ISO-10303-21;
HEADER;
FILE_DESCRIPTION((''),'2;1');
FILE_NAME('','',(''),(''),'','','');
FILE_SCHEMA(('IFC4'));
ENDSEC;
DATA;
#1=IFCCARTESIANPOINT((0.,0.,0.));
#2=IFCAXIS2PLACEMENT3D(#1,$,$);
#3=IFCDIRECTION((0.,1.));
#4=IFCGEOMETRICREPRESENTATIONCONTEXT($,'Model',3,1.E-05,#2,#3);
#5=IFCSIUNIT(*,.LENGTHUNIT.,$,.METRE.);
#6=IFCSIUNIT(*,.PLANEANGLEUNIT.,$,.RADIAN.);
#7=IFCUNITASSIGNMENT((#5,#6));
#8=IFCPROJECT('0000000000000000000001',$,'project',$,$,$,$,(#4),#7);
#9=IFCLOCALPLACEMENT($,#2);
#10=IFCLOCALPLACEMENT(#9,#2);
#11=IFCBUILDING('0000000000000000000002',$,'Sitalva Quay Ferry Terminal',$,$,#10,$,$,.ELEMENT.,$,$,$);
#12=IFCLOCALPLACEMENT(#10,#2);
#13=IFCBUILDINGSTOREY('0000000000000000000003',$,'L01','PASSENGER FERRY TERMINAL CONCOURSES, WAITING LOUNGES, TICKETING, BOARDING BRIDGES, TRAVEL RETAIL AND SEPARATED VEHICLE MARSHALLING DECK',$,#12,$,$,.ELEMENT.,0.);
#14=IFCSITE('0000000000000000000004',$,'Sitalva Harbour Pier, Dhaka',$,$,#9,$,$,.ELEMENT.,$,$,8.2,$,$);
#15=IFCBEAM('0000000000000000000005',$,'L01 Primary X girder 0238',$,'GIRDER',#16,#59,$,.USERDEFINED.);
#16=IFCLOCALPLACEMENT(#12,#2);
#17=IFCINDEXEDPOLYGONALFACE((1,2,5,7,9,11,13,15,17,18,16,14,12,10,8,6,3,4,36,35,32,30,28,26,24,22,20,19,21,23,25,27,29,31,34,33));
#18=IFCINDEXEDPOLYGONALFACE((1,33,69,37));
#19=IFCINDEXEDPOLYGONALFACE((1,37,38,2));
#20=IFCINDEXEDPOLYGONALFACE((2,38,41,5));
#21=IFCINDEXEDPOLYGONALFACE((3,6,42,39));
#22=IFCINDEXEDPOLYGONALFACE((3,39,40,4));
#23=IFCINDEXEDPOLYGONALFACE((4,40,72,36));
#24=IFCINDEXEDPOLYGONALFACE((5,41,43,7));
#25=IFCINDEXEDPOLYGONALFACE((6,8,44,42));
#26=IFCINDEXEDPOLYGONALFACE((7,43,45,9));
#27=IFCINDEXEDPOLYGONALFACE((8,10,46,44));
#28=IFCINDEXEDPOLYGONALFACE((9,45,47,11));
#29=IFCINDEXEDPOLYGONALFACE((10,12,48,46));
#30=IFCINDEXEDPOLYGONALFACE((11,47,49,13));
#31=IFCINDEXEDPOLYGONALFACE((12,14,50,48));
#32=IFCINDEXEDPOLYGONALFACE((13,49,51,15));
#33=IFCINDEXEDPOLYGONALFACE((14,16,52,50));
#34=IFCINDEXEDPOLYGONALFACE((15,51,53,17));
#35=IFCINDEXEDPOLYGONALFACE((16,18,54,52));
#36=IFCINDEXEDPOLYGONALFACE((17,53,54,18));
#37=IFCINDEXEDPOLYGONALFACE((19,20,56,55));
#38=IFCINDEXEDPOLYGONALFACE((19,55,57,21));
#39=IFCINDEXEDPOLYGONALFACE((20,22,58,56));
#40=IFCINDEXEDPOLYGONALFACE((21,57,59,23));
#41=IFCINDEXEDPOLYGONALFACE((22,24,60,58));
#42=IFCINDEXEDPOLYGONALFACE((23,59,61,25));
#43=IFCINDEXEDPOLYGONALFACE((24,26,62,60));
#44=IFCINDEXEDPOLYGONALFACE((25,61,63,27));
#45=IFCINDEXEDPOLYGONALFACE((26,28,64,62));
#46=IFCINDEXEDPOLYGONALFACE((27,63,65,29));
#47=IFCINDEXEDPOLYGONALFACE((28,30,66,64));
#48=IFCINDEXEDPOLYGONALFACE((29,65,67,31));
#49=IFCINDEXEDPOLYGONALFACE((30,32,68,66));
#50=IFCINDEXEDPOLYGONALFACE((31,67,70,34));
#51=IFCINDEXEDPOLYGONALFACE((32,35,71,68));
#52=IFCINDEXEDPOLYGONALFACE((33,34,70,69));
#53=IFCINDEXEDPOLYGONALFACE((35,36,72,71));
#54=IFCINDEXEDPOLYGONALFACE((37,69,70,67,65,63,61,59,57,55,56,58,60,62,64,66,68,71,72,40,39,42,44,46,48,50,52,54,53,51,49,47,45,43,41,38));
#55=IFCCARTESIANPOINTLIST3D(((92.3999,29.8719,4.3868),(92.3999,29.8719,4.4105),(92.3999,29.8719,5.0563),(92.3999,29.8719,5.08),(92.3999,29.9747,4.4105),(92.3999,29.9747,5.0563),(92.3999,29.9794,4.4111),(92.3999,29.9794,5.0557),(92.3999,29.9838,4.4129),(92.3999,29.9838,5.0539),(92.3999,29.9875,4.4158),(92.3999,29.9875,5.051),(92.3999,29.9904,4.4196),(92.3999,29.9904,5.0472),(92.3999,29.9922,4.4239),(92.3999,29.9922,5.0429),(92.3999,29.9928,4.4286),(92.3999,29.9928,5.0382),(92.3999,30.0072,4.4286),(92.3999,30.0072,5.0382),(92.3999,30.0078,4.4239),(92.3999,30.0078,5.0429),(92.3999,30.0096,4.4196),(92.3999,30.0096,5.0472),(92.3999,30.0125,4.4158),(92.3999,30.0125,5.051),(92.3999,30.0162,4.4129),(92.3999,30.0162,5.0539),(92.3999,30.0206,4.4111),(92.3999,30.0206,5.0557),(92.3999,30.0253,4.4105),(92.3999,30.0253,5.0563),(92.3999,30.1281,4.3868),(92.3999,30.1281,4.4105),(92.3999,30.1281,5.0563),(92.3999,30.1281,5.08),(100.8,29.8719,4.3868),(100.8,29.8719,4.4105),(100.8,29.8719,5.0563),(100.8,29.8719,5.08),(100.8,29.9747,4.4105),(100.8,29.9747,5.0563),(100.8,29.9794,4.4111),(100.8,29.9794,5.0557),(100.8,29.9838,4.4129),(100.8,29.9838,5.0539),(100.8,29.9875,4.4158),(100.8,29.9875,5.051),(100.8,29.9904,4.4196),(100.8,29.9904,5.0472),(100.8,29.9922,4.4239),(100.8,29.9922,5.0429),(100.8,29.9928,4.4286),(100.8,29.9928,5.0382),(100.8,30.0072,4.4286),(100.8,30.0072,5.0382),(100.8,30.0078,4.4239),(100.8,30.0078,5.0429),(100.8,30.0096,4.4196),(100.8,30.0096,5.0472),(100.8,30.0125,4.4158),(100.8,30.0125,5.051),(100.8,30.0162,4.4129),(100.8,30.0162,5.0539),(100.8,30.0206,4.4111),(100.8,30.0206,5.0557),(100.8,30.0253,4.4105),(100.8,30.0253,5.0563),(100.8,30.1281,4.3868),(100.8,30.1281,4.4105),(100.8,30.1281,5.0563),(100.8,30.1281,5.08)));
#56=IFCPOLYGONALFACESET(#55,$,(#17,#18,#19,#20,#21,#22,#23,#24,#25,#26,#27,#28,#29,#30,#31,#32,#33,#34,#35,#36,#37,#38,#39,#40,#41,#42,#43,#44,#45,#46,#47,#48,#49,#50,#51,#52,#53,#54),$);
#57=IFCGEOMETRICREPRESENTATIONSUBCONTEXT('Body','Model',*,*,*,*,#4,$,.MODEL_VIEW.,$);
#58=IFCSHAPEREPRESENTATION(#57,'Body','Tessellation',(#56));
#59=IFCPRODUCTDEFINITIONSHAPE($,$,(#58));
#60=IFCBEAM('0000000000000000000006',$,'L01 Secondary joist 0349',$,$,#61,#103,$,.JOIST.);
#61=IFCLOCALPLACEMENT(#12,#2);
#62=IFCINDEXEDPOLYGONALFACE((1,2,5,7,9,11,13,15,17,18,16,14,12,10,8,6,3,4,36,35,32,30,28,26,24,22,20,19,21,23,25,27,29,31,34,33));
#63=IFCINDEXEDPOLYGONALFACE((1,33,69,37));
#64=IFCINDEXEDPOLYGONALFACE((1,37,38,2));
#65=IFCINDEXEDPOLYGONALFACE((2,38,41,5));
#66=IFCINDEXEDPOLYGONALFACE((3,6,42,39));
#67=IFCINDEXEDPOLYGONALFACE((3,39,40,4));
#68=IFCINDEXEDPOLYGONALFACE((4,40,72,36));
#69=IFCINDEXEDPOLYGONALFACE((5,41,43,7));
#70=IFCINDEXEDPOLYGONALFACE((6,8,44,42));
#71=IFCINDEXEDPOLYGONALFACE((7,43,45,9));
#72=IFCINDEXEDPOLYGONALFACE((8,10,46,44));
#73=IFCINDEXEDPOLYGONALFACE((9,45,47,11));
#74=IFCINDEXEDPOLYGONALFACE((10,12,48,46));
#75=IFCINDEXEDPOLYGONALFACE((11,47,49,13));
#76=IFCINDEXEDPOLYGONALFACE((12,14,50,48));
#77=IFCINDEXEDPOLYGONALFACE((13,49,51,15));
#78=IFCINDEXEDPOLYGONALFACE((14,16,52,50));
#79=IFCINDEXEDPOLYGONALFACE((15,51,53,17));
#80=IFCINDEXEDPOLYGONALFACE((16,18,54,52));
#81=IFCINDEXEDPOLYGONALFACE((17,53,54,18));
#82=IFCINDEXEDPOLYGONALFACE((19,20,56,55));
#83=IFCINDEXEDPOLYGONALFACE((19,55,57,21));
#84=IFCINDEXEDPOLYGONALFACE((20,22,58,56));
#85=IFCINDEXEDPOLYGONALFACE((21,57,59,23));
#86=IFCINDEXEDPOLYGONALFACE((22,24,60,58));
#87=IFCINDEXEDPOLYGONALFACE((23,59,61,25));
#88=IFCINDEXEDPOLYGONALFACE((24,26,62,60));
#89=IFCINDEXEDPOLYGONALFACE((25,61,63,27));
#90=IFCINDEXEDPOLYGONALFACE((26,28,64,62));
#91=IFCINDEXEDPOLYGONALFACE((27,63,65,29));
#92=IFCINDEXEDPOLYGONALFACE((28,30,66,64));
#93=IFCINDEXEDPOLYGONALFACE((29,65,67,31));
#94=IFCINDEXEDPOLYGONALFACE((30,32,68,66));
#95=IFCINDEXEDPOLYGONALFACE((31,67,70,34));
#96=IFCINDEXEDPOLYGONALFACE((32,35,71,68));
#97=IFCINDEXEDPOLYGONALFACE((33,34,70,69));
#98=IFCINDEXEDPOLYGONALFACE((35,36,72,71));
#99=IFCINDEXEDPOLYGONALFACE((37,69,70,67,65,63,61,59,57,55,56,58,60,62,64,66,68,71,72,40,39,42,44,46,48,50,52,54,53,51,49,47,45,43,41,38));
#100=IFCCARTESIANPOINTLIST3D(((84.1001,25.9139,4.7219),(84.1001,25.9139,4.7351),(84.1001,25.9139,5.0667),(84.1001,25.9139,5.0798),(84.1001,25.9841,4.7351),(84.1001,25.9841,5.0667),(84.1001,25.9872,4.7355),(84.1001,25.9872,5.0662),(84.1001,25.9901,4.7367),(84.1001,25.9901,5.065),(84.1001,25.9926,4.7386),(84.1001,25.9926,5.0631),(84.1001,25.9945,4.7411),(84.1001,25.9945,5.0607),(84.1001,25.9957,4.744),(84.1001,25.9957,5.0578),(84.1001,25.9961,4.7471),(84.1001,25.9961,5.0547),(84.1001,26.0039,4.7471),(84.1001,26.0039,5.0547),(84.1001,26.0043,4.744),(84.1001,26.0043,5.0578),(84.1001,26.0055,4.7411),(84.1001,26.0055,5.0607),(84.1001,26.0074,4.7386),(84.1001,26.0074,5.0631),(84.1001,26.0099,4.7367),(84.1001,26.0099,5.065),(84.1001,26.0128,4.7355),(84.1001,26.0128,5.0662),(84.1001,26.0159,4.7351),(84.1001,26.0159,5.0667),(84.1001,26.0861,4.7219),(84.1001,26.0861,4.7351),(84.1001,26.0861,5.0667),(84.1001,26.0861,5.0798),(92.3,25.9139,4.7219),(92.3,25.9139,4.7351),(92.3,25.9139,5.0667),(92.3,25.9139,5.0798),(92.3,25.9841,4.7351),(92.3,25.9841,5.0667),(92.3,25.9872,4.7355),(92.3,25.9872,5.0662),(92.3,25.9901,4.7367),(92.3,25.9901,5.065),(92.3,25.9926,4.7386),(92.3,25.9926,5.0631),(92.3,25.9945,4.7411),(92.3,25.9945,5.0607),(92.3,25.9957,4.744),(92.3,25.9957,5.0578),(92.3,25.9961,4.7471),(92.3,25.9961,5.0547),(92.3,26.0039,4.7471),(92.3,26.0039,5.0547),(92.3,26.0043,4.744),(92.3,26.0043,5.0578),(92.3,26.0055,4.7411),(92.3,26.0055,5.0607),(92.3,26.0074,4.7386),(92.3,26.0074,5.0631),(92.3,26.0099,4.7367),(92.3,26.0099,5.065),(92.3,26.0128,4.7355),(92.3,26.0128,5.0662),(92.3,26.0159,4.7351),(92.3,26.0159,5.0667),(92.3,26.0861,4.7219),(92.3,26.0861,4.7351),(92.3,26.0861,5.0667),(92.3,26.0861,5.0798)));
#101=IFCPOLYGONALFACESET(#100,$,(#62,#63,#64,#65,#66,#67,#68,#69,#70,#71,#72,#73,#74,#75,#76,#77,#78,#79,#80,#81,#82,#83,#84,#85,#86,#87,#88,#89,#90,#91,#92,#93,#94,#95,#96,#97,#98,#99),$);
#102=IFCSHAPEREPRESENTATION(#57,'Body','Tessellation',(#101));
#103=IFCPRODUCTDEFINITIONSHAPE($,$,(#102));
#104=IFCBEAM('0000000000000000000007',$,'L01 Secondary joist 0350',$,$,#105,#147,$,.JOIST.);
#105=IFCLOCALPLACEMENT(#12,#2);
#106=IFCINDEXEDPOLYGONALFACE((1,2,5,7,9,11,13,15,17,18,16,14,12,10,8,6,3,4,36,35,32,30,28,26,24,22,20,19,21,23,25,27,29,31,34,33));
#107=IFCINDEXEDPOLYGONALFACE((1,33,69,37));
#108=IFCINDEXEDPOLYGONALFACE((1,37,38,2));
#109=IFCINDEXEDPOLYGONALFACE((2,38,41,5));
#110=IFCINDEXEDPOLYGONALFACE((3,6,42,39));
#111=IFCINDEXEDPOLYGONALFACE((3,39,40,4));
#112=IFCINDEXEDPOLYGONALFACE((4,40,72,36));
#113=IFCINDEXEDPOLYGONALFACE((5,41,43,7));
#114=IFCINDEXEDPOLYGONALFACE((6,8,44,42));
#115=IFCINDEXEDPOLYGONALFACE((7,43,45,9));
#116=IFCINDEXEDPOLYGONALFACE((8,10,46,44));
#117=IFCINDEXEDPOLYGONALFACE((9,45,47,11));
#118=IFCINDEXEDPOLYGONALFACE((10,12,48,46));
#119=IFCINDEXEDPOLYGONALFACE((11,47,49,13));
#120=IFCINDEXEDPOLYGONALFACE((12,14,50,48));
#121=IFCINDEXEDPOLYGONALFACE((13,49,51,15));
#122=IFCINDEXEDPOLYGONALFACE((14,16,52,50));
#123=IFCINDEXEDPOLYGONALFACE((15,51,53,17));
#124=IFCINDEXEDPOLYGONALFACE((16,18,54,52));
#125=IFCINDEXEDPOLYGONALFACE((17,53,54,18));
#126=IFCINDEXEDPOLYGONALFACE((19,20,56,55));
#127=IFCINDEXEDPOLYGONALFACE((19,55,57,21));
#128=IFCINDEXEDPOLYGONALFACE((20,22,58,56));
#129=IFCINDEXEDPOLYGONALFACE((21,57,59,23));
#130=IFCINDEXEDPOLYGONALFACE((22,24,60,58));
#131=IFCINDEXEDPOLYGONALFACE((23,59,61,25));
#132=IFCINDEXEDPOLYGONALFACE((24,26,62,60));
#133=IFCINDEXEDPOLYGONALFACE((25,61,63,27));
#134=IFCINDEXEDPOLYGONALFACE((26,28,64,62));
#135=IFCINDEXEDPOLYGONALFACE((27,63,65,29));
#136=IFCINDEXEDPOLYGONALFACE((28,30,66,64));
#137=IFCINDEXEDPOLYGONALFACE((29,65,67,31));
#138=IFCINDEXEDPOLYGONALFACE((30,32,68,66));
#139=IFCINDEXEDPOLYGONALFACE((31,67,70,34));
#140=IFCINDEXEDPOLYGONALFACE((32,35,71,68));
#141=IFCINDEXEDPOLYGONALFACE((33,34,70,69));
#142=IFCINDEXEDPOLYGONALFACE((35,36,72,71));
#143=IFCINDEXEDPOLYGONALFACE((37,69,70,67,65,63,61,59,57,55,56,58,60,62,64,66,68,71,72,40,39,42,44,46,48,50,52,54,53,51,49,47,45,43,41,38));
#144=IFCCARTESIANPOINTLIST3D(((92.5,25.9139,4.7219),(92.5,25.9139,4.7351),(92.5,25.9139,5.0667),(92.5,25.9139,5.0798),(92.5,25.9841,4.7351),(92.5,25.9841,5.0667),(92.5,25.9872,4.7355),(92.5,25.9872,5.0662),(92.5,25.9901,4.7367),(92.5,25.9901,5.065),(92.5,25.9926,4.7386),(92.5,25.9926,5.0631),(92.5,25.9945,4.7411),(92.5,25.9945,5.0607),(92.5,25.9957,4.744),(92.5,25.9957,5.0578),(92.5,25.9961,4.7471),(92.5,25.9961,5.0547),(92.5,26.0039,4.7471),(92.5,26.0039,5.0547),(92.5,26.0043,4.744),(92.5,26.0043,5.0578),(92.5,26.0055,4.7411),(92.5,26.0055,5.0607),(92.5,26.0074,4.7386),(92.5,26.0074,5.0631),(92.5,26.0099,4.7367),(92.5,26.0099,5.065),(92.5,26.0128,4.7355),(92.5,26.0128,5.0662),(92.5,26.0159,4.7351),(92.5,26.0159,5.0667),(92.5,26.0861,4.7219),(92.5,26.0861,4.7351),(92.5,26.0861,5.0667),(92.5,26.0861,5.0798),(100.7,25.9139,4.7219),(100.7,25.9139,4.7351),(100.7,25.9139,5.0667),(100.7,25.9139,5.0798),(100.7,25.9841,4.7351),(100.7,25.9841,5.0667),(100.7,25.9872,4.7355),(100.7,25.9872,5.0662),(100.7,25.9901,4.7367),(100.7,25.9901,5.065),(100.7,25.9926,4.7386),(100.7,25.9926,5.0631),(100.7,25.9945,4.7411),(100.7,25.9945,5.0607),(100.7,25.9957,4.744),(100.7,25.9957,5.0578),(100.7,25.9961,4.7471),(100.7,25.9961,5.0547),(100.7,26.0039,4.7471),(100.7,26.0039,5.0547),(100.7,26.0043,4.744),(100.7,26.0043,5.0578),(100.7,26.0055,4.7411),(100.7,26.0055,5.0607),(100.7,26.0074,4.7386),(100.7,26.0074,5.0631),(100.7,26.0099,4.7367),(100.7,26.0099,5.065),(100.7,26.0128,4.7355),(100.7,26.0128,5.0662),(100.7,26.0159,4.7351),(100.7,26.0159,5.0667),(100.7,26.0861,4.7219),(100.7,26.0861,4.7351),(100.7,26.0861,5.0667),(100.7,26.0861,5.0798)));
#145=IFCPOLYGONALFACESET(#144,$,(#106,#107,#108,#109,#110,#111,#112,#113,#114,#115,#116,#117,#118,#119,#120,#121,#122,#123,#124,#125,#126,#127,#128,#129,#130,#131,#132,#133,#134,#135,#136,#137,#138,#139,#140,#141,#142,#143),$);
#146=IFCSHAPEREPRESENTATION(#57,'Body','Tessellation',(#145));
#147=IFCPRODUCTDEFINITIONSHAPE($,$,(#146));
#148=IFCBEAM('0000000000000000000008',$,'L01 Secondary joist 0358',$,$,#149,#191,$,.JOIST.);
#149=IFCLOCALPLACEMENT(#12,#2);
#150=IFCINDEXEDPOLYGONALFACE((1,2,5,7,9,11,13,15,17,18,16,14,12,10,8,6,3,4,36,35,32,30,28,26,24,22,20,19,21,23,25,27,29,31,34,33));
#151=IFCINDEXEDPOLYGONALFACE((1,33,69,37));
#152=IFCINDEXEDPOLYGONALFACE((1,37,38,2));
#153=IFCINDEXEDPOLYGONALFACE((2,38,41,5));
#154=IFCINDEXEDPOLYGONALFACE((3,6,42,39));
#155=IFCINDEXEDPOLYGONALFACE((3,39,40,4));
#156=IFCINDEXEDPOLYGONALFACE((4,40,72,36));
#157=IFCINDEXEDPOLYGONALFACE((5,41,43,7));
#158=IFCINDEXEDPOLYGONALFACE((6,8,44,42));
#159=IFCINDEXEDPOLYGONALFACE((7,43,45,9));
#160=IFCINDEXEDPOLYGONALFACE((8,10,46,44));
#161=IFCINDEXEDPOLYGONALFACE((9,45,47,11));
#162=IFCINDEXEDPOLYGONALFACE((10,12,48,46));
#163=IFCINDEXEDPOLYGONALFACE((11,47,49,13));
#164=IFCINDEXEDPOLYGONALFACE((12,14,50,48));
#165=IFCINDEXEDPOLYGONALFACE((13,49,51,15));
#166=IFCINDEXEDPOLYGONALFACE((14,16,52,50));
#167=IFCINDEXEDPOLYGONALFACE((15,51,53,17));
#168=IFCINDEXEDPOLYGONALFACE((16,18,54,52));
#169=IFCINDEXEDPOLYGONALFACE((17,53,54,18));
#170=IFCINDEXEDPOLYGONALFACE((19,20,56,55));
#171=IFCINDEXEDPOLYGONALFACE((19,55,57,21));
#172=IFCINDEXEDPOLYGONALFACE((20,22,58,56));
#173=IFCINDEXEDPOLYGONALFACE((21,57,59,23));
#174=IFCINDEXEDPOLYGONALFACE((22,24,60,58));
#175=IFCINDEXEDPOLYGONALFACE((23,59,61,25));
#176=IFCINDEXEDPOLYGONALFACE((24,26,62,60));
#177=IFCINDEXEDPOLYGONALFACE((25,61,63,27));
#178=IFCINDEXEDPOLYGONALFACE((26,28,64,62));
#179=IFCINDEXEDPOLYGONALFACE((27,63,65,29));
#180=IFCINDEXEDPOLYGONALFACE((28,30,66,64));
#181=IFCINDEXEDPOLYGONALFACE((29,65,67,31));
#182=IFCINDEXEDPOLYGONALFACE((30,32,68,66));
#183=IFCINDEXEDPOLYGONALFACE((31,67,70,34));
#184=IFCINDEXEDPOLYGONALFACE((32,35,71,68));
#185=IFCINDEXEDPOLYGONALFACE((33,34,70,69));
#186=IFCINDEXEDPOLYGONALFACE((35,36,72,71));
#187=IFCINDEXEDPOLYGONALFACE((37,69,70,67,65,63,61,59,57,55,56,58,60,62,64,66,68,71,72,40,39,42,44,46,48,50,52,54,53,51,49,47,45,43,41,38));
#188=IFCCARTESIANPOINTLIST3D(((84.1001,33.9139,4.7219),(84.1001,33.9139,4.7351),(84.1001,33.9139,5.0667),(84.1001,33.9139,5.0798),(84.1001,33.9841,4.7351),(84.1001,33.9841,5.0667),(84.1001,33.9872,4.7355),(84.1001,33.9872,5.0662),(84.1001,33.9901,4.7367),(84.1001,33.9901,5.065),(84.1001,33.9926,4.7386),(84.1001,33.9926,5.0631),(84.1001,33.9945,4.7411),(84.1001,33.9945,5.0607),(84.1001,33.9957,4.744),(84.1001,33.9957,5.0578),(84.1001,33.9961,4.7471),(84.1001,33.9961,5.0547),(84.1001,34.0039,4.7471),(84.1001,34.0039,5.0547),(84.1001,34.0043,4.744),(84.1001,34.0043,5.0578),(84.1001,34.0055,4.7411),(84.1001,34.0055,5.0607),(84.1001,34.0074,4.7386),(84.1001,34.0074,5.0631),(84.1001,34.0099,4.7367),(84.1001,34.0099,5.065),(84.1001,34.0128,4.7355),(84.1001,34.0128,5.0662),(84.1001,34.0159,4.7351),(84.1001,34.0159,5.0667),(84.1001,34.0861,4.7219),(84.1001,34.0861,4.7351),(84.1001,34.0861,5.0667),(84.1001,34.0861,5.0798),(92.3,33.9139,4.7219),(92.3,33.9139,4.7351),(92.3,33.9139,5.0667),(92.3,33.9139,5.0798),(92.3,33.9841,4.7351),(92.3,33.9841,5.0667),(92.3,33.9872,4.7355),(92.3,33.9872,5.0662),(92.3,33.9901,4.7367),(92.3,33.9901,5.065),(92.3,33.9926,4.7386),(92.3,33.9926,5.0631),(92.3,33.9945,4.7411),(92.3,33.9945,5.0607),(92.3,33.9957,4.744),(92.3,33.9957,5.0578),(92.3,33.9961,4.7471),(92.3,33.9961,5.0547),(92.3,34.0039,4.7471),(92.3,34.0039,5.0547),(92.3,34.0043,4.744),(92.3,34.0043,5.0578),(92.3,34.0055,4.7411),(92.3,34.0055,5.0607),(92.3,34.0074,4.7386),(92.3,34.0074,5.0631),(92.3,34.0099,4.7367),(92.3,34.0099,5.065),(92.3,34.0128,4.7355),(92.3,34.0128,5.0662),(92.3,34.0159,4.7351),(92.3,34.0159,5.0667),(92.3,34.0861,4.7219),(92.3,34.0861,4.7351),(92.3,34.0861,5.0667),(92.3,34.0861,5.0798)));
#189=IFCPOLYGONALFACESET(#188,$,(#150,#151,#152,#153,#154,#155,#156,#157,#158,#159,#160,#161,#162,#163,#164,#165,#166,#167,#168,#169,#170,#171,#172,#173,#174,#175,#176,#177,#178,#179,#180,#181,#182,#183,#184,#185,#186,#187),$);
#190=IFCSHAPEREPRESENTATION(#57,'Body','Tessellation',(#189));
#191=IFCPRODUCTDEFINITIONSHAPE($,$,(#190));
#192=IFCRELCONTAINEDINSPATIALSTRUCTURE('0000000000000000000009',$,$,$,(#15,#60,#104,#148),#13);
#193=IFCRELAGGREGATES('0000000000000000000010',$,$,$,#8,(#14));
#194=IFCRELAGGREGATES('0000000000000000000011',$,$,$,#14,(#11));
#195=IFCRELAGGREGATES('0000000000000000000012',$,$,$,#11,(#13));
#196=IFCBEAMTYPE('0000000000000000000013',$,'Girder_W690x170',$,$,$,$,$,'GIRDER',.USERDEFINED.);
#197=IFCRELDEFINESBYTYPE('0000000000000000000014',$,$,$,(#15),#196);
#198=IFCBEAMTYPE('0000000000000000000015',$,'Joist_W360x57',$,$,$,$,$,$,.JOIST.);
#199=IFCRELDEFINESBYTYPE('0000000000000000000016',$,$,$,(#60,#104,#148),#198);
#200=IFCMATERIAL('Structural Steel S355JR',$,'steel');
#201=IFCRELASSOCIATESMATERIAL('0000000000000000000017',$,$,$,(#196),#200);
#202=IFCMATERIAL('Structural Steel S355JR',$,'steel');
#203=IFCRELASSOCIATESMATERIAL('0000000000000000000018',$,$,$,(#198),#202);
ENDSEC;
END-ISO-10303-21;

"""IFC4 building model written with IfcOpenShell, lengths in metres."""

from ifc_helpers import new_model, si_unit, direction, frame, origin, origin_2d, place, context, subcontext, project, spatial, i_section, extrude, material, material_profile, profile_set, type_object, element, save


model = new_model("IFC4")

# Units and contexts
model_context = context("Model", 3, precision=1e-05, world=origin(), true_north=direction((0.0, 1.0)))
body_context = subcontext(model_context, "Body", "Model", "MODEL_VIEW")
ifc_project = project(units=[si_unit("LENGTHUNIT", "METRE"), si_unit("PLANEANGLEUNIT", "RADIAN")], contexts=[model_context])

# Site, building, storey
site_placement = place(None, origin())
site = spatial("IfcSite", under=ifc_project, at=site_placement, Name="Sitalva Harbour Pier, Dhaka", CompositionType="ELEMENT", RefElevation=8.2)
building_placement = place(site_placement, origin())
building = spatial("IfcBuilding", under=site, at=building_placement, Name="Sitalva Quay Ferry Terminal", CompositionType="ELEMENT")
storey_placement = place(building_placement, origin())
storey = spatial("IfcBuildingStorey", under=building, at=storey_placement, Name="L01", Description="PASSENGER FERRY TERMINAL CONCOURSES, WAITING LOUNGES, TICKETING, BOARDING BRIDGES, TRAVEL RETAIL AND SEPARATED VEHICLE MARSHALLING DECK", CompositionType="ELEMENT", Elevation=0.0)

# Beams
ifc_material_1 = material(Name="Structural Steel S355JR", Category="steel")
ifc_material_profile_1 = material_profile(ifc_material_1, i_section(OverallWidth=0.2561, OverallDepth=0.6931, WebThickness=0.0144, FlangeThickness=0.0237, FilletRadius=0.0181, at=origin_2d()), Name="W690x170")
ifc_profile_set_1 = profile_set([ifc_material_profile_1], Name="Structural Steel S355JR")
beam_type_1 = type_object("IfcBeamType", Name="Girder_W690x170", ElementType="GIRDER", PredefinedType="USERDEFINED", material=ifc_profile_set_1)
beam_1_placement = place(storey_placement, frame((92.3999, 30.0, 4.7334), z_axis=(1.0, 0.0, 0.0), x_axis=(0.0, 1.0, 0.0)))
element("IfcBeam", 1, at=beam_1_placement, inside=storey, type_object=beam_type_1, Name="L01 Primary X girder 0238", ObjectType="GIRDER", PredefinedType="USERDEFINED", context=body_context, shape_type="SweptSolid", body=[
    extrude(i_section(OverallWidth=0.2561, OverallDepth=0.6931, WebThickness=0.0144, FlangeThickness=0.0237, FilletRadius=0.0181, at=origin_2d()), origin(), (0.0, 0.0, 1.0), 8.4001),
])
ifc_material_2 = material(Name="Structural Steel S355JR", Category="steel")
ifc_material_profile_2 = material_profile(ifc_material_2, i_section(OverallWidth=0.1721, OverallDepth=0.3579, WebThickness=0.0078, FlangeThickness=0.0132, FilletRadius=0.012, at=origin_2d()), Name="W360x57")
ifc_profile_set_2 = profile_set([ifc_material_profile_2], Name="Structural Steel S355JR")
beam_type_2 = type_object("IfcBeamType", Name="Joist_W360x57", PredefinedType="JOIST", material=ifc_profile_set_2)
for number, where, z_axis, x_axis, name in (
    (2, (84.1001, 26.0, 4.9009), (1.0, 0.0, 0.0), (0.0, 1.0, 0.0), "L01 Secondary joist 0349"),
    (3, (92.5, 26.0, 4.9009), (1.0, 0.0, 0.0), (0.0, 1.0, 0.0), "L01 Secondary joist 0350"),
    (4, (84.1001, 34.0, 4.9009), (1.0, 0.0, 0.0), (0.0, 1.0, 0.0), "L01 Secondary joist 0358"),
):
    element("IfcBeam", number, at=place(storey_placement, frame(where, z_axis=z_axis, x_axis=x_axis)), inside=storey, type_object=beam_type_2, Name=name, PredefinedType="JOIST", context=body_context, shape_type="SweptSolid", body=[
        extrude(i_section(OverallWidth=0.1721, OverallDepth=0.3579, WebThickness=0.0078, FlangeThickness=0.0132, FilletRadius=0.012, at=origin_2d()), origin(), (0.0, 0.0, 1.0), 8.2),
    ])

save(model, "model.ifc")
